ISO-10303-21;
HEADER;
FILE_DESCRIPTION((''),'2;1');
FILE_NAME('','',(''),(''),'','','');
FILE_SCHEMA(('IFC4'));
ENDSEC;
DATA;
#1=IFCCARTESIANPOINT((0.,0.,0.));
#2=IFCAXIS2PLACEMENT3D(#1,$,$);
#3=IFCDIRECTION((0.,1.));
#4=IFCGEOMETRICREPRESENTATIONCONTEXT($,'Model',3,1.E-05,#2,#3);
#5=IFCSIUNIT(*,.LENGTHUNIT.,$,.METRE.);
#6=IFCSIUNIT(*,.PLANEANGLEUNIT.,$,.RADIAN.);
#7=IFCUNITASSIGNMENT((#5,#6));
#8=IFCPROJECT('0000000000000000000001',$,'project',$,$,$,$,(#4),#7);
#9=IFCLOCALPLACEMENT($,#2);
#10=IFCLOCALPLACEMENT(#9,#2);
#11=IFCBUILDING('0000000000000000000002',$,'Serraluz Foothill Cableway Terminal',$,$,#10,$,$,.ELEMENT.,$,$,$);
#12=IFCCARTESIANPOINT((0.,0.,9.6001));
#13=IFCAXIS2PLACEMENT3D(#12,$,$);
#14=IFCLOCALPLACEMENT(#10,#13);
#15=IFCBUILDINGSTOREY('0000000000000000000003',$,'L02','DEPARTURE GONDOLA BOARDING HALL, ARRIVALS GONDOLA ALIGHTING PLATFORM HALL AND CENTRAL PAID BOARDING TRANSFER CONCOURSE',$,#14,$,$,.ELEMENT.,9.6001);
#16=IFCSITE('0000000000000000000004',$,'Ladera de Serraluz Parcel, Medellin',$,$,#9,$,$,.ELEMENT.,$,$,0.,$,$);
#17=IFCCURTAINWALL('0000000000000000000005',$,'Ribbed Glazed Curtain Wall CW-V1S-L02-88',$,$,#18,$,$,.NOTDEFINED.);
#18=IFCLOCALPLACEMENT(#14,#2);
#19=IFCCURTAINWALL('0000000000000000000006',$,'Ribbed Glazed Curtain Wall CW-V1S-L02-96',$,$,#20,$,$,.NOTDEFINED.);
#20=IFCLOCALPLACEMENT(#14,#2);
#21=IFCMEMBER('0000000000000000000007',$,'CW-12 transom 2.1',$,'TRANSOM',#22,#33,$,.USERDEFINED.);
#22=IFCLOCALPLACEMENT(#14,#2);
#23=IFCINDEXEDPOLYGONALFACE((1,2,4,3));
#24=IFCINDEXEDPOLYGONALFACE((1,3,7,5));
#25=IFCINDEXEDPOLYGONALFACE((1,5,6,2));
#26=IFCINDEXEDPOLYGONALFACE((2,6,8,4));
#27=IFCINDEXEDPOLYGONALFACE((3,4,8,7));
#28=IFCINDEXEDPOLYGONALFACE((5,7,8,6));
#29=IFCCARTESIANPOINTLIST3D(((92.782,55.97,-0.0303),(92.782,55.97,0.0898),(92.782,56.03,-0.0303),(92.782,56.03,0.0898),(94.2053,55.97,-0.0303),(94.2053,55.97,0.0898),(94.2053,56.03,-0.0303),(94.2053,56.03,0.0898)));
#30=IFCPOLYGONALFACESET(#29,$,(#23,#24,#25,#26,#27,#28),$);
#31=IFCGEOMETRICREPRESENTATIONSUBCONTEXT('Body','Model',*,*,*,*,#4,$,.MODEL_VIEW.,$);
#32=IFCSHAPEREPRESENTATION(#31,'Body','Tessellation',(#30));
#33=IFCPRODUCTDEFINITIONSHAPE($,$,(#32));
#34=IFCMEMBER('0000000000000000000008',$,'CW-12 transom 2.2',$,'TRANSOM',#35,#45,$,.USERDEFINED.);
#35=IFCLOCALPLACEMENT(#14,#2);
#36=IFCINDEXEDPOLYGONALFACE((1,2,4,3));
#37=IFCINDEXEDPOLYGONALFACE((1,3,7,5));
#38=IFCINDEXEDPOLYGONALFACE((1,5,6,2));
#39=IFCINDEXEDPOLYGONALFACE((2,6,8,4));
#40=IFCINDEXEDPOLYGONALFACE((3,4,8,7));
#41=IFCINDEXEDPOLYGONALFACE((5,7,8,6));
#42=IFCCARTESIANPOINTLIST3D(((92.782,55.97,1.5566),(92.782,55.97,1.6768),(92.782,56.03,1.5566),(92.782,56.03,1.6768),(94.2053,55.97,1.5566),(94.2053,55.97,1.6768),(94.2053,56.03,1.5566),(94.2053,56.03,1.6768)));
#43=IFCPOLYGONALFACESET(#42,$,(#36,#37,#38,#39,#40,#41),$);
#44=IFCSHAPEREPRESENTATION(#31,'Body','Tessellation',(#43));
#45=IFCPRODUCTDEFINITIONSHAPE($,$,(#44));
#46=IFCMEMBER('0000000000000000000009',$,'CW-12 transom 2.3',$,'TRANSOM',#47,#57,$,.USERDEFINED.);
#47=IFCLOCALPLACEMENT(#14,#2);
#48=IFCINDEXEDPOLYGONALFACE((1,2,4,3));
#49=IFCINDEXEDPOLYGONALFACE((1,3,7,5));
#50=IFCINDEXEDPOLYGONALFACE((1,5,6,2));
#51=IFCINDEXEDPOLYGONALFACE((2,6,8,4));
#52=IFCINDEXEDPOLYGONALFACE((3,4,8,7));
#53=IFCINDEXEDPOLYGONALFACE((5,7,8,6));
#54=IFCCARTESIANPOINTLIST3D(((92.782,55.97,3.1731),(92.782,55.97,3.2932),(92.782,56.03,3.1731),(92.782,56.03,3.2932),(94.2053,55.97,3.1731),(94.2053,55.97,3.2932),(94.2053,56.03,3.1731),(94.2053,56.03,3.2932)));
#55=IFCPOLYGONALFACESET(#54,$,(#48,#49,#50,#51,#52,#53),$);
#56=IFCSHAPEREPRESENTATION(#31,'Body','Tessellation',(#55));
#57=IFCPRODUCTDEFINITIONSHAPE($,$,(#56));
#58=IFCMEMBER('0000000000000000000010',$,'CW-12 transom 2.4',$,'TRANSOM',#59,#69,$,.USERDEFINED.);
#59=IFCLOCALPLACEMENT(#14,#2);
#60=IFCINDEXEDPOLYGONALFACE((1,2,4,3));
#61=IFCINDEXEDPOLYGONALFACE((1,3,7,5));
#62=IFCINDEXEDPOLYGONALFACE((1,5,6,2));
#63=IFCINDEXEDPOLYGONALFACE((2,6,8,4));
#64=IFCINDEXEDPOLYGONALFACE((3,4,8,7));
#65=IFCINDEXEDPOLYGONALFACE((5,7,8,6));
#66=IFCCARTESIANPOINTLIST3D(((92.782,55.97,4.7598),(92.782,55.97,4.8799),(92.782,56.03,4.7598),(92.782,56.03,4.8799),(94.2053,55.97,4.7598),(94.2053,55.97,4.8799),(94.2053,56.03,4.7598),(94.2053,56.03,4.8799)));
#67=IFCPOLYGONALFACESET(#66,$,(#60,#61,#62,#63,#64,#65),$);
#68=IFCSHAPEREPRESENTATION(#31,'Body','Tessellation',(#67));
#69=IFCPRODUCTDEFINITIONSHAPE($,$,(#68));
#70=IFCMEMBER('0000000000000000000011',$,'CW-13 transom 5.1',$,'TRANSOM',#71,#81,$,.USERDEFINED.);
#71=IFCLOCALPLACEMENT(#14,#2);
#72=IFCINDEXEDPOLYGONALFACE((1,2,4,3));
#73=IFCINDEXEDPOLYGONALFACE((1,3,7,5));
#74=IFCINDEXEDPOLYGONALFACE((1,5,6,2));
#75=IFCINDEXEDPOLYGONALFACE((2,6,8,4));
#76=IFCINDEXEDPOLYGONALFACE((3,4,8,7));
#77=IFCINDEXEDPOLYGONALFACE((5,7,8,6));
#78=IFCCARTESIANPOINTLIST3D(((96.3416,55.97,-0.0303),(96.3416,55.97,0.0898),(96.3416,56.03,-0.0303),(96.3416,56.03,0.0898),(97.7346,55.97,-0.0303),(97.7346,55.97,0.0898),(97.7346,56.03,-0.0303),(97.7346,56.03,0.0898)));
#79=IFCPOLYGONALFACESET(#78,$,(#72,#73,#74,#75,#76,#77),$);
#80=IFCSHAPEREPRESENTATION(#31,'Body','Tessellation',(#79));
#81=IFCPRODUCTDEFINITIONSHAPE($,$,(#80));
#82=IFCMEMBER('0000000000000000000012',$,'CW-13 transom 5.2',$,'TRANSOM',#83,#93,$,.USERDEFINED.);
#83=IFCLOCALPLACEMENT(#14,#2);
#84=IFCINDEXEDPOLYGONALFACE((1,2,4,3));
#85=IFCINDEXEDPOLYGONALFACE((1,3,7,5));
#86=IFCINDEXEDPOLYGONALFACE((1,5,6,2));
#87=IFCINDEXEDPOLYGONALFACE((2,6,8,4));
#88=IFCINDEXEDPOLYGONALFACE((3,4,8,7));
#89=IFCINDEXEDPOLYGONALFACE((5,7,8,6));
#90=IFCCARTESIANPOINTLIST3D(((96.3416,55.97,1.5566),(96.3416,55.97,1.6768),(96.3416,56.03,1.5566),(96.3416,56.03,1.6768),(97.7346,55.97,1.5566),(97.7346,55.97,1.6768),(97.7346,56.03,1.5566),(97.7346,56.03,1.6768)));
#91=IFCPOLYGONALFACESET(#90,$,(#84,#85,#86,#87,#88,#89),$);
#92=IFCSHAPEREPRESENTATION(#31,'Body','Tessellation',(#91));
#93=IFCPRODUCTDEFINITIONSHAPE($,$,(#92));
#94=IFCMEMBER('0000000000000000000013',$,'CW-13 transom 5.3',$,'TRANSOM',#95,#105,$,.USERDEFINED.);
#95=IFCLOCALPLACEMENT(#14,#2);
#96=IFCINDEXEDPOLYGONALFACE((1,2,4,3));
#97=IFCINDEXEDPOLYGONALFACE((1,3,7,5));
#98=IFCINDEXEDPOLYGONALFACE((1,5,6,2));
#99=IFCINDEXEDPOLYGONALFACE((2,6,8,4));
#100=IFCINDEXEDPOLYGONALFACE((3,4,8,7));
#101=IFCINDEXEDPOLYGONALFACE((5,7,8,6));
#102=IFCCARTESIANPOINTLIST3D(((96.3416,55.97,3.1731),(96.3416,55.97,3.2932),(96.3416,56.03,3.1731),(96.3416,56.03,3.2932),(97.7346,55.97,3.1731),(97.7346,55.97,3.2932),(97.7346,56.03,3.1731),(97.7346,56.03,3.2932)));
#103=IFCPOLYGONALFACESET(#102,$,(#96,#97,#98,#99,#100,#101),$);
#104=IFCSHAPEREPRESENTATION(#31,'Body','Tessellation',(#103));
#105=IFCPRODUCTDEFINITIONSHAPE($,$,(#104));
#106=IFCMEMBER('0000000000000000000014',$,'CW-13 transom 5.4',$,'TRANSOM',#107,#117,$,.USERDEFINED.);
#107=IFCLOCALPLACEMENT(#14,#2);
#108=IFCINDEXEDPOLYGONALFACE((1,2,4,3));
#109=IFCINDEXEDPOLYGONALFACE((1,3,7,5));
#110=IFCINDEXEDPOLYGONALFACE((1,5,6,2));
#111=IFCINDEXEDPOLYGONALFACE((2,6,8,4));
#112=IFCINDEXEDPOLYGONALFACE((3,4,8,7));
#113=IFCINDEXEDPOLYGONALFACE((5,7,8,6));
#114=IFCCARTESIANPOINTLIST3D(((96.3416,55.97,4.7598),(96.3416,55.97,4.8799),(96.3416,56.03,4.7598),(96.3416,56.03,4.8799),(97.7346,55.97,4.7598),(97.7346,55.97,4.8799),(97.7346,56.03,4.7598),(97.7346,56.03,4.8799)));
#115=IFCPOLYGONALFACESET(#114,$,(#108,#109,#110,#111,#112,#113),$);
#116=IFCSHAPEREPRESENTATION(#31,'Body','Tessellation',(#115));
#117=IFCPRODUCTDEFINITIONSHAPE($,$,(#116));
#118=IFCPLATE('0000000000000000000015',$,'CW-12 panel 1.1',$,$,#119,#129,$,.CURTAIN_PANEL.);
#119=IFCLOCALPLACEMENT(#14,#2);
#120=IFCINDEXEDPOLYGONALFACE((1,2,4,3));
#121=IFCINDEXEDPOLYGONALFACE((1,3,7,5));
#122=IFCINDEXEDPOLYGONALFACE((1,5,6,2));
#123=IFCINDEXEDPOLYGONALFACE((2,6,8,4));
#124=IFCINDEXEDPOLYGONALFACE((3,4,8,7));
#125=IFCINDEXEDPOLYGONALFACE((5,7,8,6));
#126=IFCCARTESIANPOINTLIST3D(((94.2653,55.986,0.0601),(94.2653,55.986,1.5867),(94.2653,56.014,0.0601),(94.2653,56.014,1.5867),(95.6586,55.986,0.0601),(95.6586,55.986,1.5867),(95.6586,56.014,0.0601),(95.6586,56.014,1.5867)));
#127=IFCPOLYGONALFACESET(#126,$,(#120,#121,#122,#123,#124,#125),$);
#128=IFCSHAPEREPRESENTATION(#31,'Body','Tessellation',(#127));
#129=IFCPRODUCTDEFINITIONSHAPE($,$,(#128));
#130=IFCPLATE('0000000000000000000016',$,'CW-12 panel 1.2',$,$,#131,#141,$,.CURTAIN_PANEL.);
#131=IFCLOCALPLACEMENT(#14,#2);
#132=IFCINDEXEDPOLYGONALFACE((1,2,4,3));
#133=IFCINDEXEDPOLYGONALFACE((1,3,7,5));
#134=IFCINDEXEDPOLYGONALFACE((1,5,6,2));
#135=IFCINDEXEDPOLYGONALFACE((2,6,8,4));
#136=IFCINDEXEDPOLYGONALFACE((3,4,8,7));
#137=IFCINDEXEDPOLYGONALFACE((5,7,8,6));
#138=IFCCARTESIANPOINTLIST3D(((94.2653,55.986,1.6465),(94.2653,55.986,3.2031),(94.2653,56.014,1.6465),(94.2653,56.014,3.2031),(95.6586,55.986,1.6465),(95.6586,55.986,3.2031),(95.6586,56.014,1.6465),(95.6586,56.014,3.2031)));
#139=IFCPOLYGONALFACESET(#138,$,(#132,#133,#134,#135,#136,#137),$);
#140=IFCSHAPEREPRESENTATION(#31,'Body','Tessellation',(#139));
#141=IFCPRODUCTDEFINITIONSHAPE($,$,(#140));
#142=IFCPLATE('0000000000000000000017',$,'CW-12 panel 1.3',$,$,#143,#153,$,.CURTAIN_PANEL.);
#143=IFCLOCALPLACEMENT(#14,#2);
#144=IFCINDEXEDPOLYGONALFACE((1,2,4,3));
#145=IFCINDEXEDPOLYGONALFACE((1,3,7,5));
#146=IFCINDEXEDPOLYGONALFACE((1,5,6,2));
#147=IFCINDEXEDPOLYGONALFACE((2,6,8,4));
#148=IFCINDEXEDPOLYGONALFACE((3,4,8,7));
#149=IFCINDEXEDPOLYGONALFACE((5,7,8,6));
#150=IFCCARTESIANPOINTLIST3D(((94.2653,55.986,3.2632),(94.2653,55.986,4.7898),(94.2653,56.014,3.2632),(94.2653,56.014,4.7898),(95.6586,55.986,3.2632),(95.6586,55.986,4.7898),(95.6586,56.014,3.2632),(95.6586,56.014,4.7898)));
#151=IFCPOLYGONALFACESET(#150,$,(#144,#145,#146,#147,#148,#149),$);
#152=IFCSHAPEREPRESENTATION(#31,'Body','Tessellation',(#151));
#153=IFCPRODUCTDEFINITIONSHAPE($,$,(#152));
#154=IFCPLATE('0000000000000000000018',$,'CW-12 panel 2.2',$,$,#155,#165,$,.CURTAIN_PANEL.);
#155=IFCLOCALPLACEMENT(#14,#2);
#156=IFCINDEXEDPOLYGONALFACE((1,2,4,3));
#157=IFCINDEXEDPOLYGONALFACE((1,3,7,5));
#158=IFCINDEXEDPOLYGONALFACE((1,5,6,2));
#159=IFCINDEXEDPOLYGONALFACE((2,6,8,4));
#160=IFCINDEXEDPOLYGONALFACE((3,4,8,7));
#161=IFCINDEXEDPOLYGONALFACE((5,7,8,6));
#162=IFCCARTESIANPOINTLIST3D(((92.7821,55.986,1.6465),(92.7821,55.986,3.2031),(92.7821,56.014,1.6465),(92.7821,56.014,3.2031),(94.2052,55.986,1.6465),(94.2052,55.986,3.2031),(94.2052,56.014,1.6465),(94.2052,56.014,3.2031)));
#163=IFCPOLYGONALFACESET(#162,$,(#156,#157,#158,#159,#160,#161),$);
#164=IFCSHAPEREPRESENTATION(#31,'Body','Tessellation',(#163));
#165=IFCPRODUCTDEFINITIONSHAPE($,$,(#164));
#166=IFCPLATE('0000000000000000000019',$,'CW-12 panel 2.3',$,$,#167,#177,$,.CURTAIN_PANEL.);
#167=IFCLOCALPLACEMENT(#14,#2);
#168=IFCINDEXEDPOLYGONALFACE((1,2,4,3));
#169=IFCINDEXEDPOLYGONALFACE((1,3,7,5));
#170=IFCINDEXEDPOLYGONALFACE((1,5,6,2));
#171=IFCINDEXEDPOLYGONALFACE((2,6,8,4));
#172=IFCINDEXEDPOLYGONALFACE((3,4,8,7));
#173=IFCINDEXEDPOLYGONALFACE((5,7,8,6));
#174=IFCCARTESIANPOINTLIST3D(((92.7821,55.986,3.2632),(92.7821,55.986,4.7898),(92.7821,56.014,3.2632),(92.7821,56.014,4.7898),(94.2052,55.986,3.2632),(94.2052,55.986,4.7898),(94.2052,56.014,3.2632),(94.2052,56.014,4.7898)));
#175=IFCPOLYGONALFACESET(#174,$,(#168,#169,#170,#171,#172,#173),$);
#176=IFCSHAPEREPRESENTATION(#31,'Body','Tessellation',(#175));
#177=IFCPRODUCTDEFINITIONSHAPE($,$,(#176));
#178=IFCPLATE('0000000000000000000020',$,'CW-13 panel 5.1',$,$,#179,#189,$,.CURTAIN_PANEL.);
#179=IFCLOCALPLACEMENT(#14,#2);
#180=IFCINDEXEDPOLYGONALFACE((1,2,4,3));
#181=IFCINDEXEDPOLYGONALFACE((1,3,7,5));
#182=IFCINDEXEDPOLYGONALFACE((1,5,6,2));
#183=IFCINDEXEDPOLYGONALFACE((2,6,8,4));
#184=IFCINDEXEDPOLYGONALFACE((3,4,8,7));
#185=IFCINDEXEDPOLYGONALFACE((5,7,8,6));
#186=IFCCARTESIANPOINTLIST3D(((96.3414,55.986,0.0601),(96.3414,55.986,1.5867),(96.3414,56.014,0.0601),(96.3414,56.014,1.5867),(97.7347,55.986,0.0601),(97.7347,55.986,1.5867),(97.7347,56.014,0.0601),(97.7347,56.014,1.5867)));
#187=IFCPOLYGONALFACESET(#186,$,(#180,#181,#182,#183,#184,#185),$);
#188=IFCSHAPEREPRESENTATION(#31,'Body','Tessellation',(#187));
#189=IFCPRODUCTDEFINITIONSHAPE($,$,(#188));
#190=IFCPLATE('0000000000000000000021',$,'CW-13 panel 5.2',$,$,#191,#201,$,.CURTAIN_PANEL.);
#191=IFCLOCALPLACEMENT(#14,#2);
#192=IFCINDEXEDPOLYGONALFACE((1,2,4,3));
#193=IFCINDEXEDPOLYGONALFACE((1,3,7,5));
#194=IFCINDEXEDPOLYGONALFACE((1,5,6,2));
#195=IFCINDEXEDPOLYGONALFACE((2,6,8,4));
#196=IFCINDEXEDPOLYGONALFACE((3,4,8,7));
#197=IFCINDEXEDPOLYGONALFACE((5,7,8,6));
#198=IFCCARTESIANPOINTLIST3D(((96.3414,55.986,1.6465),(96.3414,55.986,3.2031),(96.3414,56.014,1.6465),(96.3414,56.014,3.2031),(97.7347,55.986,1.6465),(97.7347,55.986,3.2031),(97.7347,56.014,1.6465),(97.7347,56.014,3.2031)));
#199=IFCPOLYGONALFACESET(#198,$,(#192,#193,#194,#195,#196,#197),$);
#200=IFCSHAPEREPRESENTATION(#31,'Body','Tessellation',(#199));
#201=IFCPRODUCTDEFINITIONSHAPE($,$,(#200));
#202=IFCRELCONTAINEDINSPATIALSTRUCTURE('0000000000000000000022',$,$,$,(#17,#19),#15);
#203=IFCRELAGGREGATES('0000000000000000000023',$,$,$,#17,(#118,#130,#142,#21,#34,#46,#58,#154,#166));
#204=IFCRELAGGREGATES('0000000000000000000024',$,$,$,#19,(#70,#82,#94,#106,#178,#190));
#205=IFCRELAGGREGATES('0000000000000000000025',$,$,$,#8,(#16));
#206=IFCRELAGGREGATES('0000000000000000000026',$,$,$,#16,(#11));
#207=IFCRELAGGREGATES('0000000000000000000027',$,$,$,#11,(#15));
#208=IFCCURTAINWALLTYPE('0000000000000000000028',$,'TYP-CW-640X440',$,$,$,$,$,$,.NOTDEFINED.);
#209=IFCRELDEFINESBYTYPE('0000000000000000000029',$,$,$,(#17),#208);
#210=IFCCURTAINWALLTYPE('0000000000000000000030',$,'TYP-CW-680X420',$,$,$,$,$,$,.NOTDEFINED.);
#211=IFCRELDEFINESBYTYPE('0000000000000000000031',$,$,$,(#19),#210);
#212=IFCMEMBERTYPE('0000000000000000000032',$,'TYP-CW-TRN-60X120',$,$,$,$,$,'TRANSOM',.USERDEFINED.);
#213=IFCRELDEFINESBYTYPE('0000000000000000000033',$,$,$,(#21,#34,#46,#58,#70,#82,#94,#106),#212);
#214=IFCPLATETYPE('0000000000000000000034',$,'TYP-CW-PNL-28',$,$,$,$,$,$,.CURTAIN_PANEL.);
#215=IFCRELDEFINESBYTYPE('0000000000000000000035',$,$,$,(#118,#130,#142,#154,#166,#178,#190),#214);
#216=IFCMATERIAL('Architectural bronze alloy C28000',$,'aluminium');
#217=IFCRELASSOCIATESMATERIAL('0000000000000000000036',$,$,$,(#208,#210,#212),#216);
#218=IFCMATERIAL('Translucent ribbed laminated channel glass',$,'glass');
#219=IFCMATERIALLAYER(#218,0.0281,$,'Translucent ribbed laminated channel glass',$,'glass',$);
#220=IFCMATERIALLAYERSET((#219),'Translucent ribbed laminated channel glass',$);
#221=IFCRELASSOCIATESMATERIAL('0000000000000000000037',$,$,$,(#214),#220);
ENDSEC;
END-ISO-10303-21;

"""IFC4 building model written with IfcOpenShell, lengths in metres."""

from ifc_helpers import new_model, si_unit, direction, frame, origin, origin_2d, place, context, subcontext, project, spatial, rectangle, extrude, material, layer, layer_set, material_profile, profile_set, type_object, element, aggregate, save


model = new_model("IFC4")

# Units and contexts
model_context = context("Model", 3, precision=1e-05, world=origin(), true_north=direction((0.0, 1.0)))
body_context = subcontext(model_context, "Body", "Model", "MODEL_VIEW")
ifc_project = project(units=[si_unit("LENGTHUNIT", "METRE"), si_unit("PLANEANGLEUNIT", "RADIAN")], contexts=[model_context])

# Site, building, storey
site_placement = place(None, origin())
site = spatial("IfcSite", under=ifc_project, at=site_placement, Name="Ladera de Serraluz Parcel, Medellin", CompositionType="ELEMENT", RefElevation=0.0)
building_placement = place(site_placement, origin())
building = spatial("IfcBuilding", under=site, at=building_placement, Name="Serraluz Foothill Cableway Terminal", CompositionType="ELEMENT")
storey_placement = place(building_placement, frame((0.0, 0.0, 9.6001)))
storey = spatial("IfcBuildingStorey", under=building, at=storey_placement, Name="L02", Description="DEPARTURE GONDOLA BOARDING HALL, ARRIVALS GONDOLA ALIGHTING PLATFORM HALL AND CENTRAL PAID BOARDING TRANSFER CONCOURSE", CompositionType="ELEMENT", Elevation=9.6001)

# Curtain wall
ifc_material_1 = material(Name="Architectural bronze alloy C28000", Category="aluminium")
curtain_wall_type_1 = type_object("IfcCurtainWallType", Name="TYP-CW-640X440", PredefinedType="NOTDEFINED", material=ifc_material_1)
curtain_wall_1_placement = place(storey_placement, origin())
curtain_wall_1 = element("IfcCurtainWall", 1, at=curtain_wall_1_placement, inside=storey, type_object=curtain_wall_type_1, Name="Ribbed Glazed Curtain Wall CW-V1S-L02-88", PredefinedType="NOTDEFINED")

# Curtain wall
curtain_wall_type_2 = type_object("IfcCurtainWallType", Name="TYP-CW-680X420", PredefinedType="NOTDEFINED", material=ifc_material_1)
curtain_wall_2_placement = place(storey_placement, origin())
curtain_wall_2 = element("IfcCurtainWall", 2, at=curtain_wall_2_placement, inside=storey, type_object=curtain_wall_type_2, Name="Ribbed Glazed Curtain Wall CW-V1S-L02-96", PredefinedType="NOTDEFINED")

# Members
ifc_material_profile_1 = material_profile(ifc_material_1, rectangle(XDim=0.0601, YDim=0.1201, at=origin_2d()), Name="ALU TRANSOM 60x120")
ifc_profile_set_1 = profile_set([ifc_material_profile_1], Name="Architectural bronze alloy C28000")
member_type_1 = type_object("IfcMemberType", Name="TYP-CW-TRN-60X120", ElementType="TRANSOM", PredefinedType="USERDEFINED", material=ifc_profile_set_1)
member_1_placement = place(storey_placement, frame((94.2053, 56.0, 0.0298), z_axis=(-1.0, 0.0, 0.0), x_axis=(0.0, -1.0, 0.0)))
member_1 = element("IfcMember", 3, at=member_1_placement, type_object=member_type_1, Name="CW-12 transom 2.1", ObjectType="TRANSOM", PredefinedType="USERDEFINED", context=body_context, shape_type="SweptSolid", body=[
    extrude(rectangle(XDim=0.0601, YDim=0.1201, at=origin_2d()), origin(), (0.0, 0.0, 1.0), 1.4233),
])
member_2_placement = place(storey_placement, frame((94.2053, 56.0, 1.6167), z_axis=(-1.0, 0.0, 0.0), x_axis=(0.0, -1.0, 0.0)))
member_2 = element("IfcMember", 4, at=member_2_placement, type_object=member_type_1, Name="CW-12 transom 2.2", ObjectType="TRANSOM", PredefinedType="USERDEFINED", context=body_context, shape_type="SweptSolid", body=[
    extrude(rectangle(XDim=0.0601, YDim=0.1201, at=origin_2d()), origin(), (0.0, 0.0, 1.0), 1.4233),
])
member_3_placement = place(storey_placement, frame((94.2053, 56.0, 3.2332), z_axis=(-1.0, 0.0, 0.0), x_axis=(0.0, -1.0, 0.0)))
member_3 = element("IfcMember", 5, at=member_3_placement, type_object=member_type_1, Name="CW-12 transom 2.3", ObjectType="TRANSOM", PredefinedType="USERDEFINED", context=body_context, shape_type="SweptSolid", body=[
    extrude(rectangle(XDim=0.0601, YDim=0.1201, at=origin_2d()), origin(), (0.0, 0.0, 1.0), 1.4233),
])
member_4_placement = place(storey_placement, frame((94.2053, 56.0, 4.8198), z_axis=(-1.0, 0.0, 0.0), x_axis=(0.0, -1.0, 0.0)))
member_4 = element("IfcMember", 6, at=member_4_placement, type_object=member_type_1, Name="CW-12 transom 2.4", ObjectType="TRANSOM", PredefinedType="USERDEFINED", context=body_context, shape_type="SweptSolid", body=[
    extrude(rectangle(XDim=0.0601, YDim=0.1201, at=origin_2d()), origin(), (0.0, 0.0, 1.0), 1.4233),
])
member_5_placement = place(storey_placement, frame((97.7346, 56.0, 0.0298), z_axis=(-1.0, 0.0, 0.0), x_axis=(0.0, -1.0, 0.0)))
member_5 = element("IfcMember", 7, at=member_5_placement, type_object=member_type_1, Name="CW-13 transom 5.1", ObjectType="TRANSOM", PredefinedType="USERDEFINED", context=body_context, shape_type="SweptSolid", body=[
    extrude(rectangle(XDim=0.0601, YDim=0.1201, at=origin_2d()), origin(), (0.0, 0.0, 1.0), 1.3931),
])
member_6_placement = place(storey_placement, frame((97.7346, 56.0, 1.6167), z_axis=(-1.0, 0.0, 0.0), x_axis=(0.0, -1.0, 0.0)))
member_6 = element("IfcMember", 8, at=member_6_placement, type_object=member_type_1, Name="CW-13 transom 5.2", ObjectType="TRANSOM", PredefinedType="USERDEFINED", context=body_context, shape_type="SweptSolid", body=[
    extrude(rectangle(XDim=0.0601, YDim=0.1201, at=origin_2d()), origin(), (0.0, 0.0, 1.0), 1.3931),
])
member_7_placement = place(storey_placement, frame((97.7346, 56.0, 3.2332), z_axis=(-1.0, 0.0, 0.0), x_axis=(0.0, -1.0, 0.0)))
member_7 = element("IfcMember", 9, at=member_7_placement, type_object=member_type_1, Name="CW-13 transom 5.3", ObjectType="TRANSOM", PredefinedType="USERDEFINED", context=body_context, shape_type="SweptSolid", body=[
    extrude(rectangle(XDim=0.0601, YDim=0.1201, at=origin_2d()), origin(), (0.0, 0.0, 1.0), 1.3931),
])
member_8_placement = place(storey_placement, frame((97.7346, 56.0, 4.8198), z_axis=(-1.0, 0.0, 0.0), x_axis=(0.0, -1.0, 0.0)))
member_8 = element("IfcMember", 10, at=member_8_placement, type_object=member_type_1, Name="CW-13 transom 5.4", ObjectType="TRANSOM", PredefinedType="USERDEFINED", context=body_context, shape_type="SweptSolid", body=[
    extrude(rectangle(XDim=0.0601, YDim=0.1201, at=origin_2d()), origin(), (0.0, 0.0, 1.0), 1.3931),
])

# Plates
ifc_material_2 = material(Name="Translucent ribbed laminated channel glass", Category="glass")
ifc_layer_1 = layer(ifc_material_2, 0.0281, Name="Translucent ribbed laminated channel glass", Category="glass")
ifc_layer_set_1 = layer_set([ifc_layer_1], Name="Translucent ribbed laminated channel glass")
plate_type_1 = type_object("IfcPlateType", Name="TYP-CW-PNL-28", PredefinedType="CURTAIN_PANEL", material=ifc_layer_set_1)
plate_1_placement = place(storey_placement, frame((94.9619, 56.0, 0.0601), z_axis=(0.0, 0.0, 1.0), x_axis=(-1.0, 0.0, 0.0)))
plate_1 = element("IfcPlate", 11, at=plate_1_placement, type_object=plate_type_1, Name="CW-12 panel 1.1", PredefinedType="CURTAIN_PANEL", context=body_context, shape_type="SweptSolid", body=[
    extrude(rectangle(XDim=1.3933, YDim=0.0281, at=origin_2d()), origin(), (0.0, 0.0, 1.0), 1.5266),
])
plate_2_placement = place(storey_placement, frame((94.9619, 56.0, 1.6465), z_axis=(0.0, 0.0, 1.0), x_axis=(-1.0, 0.0, 0.0)))
plate_2 = element("IfcPlate", 12, at=plate_2_placement, type_object=plate_type_1, Name="CW-12 panel 1.2", PredefinedType="CURTAIN_PANEL", context=body_context, shape_type="SweptSolid", body=[
    extrude(rectangle(XDim=1.3933, YDim=0.0281, at=origin_2d()), origin(), (0.0, 0.0, 1.0), 1.5566),
])
plate_3_placement = place(storey_placement, frame((94.9619, 56.0, 3.2632), z_axis=(0.0, 0.0, 1.0), x_axis=(-1.0, 0.0, 0.0)))
plate_3 = element("IfcPlate", 13, at=plate_3_placement, type_object=plate_type_1, Name="CW-12 panel 1.3", PredefinedType="CURTAIN_PANEL", context=body_context, shape_type="SweptSolid", body=[
    extrude(rectangle(XDim=1.3933, YDim=0.0281, at=origin_2d()), origin(), (0.0, 0.0, 1.0), 1.5266),
])
plate_4_placement = place(storey_placement, frame((93.4937, 56.0, 1.6465), z_axis=(0.0, 0.0, 1.0), x_axis=(-1.0, 0.0, 0.0)))
plate_4 = element("IfcPlate", 14, at=plate_4_placement, type_object=plate_type_1, Name="CW-12 panel 2.2", PredefinedType="CURTAIN_PANEL", context=body_context, shape_type="SweptSolid", body=[
    extrude(rectangle(XDim=1.4231, YDim=0.0281, at=origin_2d()), origin(), (0.0, 0.0, 1.0), 1.5566),
])
plate_5_placement = place(storey_placement, frame((93.4937, 56.0, 3.2632), z_axis=(0.0, 0.0, 1.0), x_axis=(-1.0, 0.0, 0.0)))
plate_5 = element("IfcPlate", 15, at=plate_5_placement, type_object=plate_type_1, Name="CW-12 panel 2.3", PredefinedType="CURTAIN_PANEL", context=body_context, shape_type="SweptSolid", body=[
    extrude(rectangle(XDim=1.4231, YDim=0.0281, at=origin_2d()), origin(), (0.0, 0.0, 1.0), 1.5266),
])
aggregate(curtain_wall_1, [plate_1, plate_2, plate_3, member_1, member_2, member_3, member_4, plate_4, plate_5])
plate_6_placement = place(storey_placement, frame((97.0381, 56.0, 0.0601), z_axis=(0.0, 0.0, 1.0), x_axis=(-1.0, 0.0, 0.0)))
plate_6 = element("IfcPlate", 16, at=plate_6_placement, type_object=plate_type_1, Name="CW-13 panel 5.1", PredefinedType="CURTAIN_PANEL", context=body_context, shape_type="SweptSolid", body=[
    extrude(rectangle(XDim=1.3933, YDim=0.0281, at=origin_2d()), origin(), (0.0, 0.0, 1.0), 1.5266),
])
plate_7_placement = place(storey_placement, frame((97.0381, 56.0, 1.6465), z_axis=(0.0, 0.0, 1.0), x_axis=(-1.0, 0.0, 0.0)))
plate_7 = element("IfcPlate", 17, at=plate_7_placement, type_object=plate_type_1, Name="CW-13 panel 5.2", PredefinedType="CURTAIN_PANEL", context=body_context, shape_type="SweptSolid", body=[
    extrude(rectangle(XDim=1.3933, YDim=0.0281, at=origin_2d()), origin(), (0.0, 0.0, 1.0), 1.5566),
])
aggregate(curtain_wall_2, [member_5, member_6, member_7, member_8, plate_6, plate_7])

save(model, "model.ifc")
